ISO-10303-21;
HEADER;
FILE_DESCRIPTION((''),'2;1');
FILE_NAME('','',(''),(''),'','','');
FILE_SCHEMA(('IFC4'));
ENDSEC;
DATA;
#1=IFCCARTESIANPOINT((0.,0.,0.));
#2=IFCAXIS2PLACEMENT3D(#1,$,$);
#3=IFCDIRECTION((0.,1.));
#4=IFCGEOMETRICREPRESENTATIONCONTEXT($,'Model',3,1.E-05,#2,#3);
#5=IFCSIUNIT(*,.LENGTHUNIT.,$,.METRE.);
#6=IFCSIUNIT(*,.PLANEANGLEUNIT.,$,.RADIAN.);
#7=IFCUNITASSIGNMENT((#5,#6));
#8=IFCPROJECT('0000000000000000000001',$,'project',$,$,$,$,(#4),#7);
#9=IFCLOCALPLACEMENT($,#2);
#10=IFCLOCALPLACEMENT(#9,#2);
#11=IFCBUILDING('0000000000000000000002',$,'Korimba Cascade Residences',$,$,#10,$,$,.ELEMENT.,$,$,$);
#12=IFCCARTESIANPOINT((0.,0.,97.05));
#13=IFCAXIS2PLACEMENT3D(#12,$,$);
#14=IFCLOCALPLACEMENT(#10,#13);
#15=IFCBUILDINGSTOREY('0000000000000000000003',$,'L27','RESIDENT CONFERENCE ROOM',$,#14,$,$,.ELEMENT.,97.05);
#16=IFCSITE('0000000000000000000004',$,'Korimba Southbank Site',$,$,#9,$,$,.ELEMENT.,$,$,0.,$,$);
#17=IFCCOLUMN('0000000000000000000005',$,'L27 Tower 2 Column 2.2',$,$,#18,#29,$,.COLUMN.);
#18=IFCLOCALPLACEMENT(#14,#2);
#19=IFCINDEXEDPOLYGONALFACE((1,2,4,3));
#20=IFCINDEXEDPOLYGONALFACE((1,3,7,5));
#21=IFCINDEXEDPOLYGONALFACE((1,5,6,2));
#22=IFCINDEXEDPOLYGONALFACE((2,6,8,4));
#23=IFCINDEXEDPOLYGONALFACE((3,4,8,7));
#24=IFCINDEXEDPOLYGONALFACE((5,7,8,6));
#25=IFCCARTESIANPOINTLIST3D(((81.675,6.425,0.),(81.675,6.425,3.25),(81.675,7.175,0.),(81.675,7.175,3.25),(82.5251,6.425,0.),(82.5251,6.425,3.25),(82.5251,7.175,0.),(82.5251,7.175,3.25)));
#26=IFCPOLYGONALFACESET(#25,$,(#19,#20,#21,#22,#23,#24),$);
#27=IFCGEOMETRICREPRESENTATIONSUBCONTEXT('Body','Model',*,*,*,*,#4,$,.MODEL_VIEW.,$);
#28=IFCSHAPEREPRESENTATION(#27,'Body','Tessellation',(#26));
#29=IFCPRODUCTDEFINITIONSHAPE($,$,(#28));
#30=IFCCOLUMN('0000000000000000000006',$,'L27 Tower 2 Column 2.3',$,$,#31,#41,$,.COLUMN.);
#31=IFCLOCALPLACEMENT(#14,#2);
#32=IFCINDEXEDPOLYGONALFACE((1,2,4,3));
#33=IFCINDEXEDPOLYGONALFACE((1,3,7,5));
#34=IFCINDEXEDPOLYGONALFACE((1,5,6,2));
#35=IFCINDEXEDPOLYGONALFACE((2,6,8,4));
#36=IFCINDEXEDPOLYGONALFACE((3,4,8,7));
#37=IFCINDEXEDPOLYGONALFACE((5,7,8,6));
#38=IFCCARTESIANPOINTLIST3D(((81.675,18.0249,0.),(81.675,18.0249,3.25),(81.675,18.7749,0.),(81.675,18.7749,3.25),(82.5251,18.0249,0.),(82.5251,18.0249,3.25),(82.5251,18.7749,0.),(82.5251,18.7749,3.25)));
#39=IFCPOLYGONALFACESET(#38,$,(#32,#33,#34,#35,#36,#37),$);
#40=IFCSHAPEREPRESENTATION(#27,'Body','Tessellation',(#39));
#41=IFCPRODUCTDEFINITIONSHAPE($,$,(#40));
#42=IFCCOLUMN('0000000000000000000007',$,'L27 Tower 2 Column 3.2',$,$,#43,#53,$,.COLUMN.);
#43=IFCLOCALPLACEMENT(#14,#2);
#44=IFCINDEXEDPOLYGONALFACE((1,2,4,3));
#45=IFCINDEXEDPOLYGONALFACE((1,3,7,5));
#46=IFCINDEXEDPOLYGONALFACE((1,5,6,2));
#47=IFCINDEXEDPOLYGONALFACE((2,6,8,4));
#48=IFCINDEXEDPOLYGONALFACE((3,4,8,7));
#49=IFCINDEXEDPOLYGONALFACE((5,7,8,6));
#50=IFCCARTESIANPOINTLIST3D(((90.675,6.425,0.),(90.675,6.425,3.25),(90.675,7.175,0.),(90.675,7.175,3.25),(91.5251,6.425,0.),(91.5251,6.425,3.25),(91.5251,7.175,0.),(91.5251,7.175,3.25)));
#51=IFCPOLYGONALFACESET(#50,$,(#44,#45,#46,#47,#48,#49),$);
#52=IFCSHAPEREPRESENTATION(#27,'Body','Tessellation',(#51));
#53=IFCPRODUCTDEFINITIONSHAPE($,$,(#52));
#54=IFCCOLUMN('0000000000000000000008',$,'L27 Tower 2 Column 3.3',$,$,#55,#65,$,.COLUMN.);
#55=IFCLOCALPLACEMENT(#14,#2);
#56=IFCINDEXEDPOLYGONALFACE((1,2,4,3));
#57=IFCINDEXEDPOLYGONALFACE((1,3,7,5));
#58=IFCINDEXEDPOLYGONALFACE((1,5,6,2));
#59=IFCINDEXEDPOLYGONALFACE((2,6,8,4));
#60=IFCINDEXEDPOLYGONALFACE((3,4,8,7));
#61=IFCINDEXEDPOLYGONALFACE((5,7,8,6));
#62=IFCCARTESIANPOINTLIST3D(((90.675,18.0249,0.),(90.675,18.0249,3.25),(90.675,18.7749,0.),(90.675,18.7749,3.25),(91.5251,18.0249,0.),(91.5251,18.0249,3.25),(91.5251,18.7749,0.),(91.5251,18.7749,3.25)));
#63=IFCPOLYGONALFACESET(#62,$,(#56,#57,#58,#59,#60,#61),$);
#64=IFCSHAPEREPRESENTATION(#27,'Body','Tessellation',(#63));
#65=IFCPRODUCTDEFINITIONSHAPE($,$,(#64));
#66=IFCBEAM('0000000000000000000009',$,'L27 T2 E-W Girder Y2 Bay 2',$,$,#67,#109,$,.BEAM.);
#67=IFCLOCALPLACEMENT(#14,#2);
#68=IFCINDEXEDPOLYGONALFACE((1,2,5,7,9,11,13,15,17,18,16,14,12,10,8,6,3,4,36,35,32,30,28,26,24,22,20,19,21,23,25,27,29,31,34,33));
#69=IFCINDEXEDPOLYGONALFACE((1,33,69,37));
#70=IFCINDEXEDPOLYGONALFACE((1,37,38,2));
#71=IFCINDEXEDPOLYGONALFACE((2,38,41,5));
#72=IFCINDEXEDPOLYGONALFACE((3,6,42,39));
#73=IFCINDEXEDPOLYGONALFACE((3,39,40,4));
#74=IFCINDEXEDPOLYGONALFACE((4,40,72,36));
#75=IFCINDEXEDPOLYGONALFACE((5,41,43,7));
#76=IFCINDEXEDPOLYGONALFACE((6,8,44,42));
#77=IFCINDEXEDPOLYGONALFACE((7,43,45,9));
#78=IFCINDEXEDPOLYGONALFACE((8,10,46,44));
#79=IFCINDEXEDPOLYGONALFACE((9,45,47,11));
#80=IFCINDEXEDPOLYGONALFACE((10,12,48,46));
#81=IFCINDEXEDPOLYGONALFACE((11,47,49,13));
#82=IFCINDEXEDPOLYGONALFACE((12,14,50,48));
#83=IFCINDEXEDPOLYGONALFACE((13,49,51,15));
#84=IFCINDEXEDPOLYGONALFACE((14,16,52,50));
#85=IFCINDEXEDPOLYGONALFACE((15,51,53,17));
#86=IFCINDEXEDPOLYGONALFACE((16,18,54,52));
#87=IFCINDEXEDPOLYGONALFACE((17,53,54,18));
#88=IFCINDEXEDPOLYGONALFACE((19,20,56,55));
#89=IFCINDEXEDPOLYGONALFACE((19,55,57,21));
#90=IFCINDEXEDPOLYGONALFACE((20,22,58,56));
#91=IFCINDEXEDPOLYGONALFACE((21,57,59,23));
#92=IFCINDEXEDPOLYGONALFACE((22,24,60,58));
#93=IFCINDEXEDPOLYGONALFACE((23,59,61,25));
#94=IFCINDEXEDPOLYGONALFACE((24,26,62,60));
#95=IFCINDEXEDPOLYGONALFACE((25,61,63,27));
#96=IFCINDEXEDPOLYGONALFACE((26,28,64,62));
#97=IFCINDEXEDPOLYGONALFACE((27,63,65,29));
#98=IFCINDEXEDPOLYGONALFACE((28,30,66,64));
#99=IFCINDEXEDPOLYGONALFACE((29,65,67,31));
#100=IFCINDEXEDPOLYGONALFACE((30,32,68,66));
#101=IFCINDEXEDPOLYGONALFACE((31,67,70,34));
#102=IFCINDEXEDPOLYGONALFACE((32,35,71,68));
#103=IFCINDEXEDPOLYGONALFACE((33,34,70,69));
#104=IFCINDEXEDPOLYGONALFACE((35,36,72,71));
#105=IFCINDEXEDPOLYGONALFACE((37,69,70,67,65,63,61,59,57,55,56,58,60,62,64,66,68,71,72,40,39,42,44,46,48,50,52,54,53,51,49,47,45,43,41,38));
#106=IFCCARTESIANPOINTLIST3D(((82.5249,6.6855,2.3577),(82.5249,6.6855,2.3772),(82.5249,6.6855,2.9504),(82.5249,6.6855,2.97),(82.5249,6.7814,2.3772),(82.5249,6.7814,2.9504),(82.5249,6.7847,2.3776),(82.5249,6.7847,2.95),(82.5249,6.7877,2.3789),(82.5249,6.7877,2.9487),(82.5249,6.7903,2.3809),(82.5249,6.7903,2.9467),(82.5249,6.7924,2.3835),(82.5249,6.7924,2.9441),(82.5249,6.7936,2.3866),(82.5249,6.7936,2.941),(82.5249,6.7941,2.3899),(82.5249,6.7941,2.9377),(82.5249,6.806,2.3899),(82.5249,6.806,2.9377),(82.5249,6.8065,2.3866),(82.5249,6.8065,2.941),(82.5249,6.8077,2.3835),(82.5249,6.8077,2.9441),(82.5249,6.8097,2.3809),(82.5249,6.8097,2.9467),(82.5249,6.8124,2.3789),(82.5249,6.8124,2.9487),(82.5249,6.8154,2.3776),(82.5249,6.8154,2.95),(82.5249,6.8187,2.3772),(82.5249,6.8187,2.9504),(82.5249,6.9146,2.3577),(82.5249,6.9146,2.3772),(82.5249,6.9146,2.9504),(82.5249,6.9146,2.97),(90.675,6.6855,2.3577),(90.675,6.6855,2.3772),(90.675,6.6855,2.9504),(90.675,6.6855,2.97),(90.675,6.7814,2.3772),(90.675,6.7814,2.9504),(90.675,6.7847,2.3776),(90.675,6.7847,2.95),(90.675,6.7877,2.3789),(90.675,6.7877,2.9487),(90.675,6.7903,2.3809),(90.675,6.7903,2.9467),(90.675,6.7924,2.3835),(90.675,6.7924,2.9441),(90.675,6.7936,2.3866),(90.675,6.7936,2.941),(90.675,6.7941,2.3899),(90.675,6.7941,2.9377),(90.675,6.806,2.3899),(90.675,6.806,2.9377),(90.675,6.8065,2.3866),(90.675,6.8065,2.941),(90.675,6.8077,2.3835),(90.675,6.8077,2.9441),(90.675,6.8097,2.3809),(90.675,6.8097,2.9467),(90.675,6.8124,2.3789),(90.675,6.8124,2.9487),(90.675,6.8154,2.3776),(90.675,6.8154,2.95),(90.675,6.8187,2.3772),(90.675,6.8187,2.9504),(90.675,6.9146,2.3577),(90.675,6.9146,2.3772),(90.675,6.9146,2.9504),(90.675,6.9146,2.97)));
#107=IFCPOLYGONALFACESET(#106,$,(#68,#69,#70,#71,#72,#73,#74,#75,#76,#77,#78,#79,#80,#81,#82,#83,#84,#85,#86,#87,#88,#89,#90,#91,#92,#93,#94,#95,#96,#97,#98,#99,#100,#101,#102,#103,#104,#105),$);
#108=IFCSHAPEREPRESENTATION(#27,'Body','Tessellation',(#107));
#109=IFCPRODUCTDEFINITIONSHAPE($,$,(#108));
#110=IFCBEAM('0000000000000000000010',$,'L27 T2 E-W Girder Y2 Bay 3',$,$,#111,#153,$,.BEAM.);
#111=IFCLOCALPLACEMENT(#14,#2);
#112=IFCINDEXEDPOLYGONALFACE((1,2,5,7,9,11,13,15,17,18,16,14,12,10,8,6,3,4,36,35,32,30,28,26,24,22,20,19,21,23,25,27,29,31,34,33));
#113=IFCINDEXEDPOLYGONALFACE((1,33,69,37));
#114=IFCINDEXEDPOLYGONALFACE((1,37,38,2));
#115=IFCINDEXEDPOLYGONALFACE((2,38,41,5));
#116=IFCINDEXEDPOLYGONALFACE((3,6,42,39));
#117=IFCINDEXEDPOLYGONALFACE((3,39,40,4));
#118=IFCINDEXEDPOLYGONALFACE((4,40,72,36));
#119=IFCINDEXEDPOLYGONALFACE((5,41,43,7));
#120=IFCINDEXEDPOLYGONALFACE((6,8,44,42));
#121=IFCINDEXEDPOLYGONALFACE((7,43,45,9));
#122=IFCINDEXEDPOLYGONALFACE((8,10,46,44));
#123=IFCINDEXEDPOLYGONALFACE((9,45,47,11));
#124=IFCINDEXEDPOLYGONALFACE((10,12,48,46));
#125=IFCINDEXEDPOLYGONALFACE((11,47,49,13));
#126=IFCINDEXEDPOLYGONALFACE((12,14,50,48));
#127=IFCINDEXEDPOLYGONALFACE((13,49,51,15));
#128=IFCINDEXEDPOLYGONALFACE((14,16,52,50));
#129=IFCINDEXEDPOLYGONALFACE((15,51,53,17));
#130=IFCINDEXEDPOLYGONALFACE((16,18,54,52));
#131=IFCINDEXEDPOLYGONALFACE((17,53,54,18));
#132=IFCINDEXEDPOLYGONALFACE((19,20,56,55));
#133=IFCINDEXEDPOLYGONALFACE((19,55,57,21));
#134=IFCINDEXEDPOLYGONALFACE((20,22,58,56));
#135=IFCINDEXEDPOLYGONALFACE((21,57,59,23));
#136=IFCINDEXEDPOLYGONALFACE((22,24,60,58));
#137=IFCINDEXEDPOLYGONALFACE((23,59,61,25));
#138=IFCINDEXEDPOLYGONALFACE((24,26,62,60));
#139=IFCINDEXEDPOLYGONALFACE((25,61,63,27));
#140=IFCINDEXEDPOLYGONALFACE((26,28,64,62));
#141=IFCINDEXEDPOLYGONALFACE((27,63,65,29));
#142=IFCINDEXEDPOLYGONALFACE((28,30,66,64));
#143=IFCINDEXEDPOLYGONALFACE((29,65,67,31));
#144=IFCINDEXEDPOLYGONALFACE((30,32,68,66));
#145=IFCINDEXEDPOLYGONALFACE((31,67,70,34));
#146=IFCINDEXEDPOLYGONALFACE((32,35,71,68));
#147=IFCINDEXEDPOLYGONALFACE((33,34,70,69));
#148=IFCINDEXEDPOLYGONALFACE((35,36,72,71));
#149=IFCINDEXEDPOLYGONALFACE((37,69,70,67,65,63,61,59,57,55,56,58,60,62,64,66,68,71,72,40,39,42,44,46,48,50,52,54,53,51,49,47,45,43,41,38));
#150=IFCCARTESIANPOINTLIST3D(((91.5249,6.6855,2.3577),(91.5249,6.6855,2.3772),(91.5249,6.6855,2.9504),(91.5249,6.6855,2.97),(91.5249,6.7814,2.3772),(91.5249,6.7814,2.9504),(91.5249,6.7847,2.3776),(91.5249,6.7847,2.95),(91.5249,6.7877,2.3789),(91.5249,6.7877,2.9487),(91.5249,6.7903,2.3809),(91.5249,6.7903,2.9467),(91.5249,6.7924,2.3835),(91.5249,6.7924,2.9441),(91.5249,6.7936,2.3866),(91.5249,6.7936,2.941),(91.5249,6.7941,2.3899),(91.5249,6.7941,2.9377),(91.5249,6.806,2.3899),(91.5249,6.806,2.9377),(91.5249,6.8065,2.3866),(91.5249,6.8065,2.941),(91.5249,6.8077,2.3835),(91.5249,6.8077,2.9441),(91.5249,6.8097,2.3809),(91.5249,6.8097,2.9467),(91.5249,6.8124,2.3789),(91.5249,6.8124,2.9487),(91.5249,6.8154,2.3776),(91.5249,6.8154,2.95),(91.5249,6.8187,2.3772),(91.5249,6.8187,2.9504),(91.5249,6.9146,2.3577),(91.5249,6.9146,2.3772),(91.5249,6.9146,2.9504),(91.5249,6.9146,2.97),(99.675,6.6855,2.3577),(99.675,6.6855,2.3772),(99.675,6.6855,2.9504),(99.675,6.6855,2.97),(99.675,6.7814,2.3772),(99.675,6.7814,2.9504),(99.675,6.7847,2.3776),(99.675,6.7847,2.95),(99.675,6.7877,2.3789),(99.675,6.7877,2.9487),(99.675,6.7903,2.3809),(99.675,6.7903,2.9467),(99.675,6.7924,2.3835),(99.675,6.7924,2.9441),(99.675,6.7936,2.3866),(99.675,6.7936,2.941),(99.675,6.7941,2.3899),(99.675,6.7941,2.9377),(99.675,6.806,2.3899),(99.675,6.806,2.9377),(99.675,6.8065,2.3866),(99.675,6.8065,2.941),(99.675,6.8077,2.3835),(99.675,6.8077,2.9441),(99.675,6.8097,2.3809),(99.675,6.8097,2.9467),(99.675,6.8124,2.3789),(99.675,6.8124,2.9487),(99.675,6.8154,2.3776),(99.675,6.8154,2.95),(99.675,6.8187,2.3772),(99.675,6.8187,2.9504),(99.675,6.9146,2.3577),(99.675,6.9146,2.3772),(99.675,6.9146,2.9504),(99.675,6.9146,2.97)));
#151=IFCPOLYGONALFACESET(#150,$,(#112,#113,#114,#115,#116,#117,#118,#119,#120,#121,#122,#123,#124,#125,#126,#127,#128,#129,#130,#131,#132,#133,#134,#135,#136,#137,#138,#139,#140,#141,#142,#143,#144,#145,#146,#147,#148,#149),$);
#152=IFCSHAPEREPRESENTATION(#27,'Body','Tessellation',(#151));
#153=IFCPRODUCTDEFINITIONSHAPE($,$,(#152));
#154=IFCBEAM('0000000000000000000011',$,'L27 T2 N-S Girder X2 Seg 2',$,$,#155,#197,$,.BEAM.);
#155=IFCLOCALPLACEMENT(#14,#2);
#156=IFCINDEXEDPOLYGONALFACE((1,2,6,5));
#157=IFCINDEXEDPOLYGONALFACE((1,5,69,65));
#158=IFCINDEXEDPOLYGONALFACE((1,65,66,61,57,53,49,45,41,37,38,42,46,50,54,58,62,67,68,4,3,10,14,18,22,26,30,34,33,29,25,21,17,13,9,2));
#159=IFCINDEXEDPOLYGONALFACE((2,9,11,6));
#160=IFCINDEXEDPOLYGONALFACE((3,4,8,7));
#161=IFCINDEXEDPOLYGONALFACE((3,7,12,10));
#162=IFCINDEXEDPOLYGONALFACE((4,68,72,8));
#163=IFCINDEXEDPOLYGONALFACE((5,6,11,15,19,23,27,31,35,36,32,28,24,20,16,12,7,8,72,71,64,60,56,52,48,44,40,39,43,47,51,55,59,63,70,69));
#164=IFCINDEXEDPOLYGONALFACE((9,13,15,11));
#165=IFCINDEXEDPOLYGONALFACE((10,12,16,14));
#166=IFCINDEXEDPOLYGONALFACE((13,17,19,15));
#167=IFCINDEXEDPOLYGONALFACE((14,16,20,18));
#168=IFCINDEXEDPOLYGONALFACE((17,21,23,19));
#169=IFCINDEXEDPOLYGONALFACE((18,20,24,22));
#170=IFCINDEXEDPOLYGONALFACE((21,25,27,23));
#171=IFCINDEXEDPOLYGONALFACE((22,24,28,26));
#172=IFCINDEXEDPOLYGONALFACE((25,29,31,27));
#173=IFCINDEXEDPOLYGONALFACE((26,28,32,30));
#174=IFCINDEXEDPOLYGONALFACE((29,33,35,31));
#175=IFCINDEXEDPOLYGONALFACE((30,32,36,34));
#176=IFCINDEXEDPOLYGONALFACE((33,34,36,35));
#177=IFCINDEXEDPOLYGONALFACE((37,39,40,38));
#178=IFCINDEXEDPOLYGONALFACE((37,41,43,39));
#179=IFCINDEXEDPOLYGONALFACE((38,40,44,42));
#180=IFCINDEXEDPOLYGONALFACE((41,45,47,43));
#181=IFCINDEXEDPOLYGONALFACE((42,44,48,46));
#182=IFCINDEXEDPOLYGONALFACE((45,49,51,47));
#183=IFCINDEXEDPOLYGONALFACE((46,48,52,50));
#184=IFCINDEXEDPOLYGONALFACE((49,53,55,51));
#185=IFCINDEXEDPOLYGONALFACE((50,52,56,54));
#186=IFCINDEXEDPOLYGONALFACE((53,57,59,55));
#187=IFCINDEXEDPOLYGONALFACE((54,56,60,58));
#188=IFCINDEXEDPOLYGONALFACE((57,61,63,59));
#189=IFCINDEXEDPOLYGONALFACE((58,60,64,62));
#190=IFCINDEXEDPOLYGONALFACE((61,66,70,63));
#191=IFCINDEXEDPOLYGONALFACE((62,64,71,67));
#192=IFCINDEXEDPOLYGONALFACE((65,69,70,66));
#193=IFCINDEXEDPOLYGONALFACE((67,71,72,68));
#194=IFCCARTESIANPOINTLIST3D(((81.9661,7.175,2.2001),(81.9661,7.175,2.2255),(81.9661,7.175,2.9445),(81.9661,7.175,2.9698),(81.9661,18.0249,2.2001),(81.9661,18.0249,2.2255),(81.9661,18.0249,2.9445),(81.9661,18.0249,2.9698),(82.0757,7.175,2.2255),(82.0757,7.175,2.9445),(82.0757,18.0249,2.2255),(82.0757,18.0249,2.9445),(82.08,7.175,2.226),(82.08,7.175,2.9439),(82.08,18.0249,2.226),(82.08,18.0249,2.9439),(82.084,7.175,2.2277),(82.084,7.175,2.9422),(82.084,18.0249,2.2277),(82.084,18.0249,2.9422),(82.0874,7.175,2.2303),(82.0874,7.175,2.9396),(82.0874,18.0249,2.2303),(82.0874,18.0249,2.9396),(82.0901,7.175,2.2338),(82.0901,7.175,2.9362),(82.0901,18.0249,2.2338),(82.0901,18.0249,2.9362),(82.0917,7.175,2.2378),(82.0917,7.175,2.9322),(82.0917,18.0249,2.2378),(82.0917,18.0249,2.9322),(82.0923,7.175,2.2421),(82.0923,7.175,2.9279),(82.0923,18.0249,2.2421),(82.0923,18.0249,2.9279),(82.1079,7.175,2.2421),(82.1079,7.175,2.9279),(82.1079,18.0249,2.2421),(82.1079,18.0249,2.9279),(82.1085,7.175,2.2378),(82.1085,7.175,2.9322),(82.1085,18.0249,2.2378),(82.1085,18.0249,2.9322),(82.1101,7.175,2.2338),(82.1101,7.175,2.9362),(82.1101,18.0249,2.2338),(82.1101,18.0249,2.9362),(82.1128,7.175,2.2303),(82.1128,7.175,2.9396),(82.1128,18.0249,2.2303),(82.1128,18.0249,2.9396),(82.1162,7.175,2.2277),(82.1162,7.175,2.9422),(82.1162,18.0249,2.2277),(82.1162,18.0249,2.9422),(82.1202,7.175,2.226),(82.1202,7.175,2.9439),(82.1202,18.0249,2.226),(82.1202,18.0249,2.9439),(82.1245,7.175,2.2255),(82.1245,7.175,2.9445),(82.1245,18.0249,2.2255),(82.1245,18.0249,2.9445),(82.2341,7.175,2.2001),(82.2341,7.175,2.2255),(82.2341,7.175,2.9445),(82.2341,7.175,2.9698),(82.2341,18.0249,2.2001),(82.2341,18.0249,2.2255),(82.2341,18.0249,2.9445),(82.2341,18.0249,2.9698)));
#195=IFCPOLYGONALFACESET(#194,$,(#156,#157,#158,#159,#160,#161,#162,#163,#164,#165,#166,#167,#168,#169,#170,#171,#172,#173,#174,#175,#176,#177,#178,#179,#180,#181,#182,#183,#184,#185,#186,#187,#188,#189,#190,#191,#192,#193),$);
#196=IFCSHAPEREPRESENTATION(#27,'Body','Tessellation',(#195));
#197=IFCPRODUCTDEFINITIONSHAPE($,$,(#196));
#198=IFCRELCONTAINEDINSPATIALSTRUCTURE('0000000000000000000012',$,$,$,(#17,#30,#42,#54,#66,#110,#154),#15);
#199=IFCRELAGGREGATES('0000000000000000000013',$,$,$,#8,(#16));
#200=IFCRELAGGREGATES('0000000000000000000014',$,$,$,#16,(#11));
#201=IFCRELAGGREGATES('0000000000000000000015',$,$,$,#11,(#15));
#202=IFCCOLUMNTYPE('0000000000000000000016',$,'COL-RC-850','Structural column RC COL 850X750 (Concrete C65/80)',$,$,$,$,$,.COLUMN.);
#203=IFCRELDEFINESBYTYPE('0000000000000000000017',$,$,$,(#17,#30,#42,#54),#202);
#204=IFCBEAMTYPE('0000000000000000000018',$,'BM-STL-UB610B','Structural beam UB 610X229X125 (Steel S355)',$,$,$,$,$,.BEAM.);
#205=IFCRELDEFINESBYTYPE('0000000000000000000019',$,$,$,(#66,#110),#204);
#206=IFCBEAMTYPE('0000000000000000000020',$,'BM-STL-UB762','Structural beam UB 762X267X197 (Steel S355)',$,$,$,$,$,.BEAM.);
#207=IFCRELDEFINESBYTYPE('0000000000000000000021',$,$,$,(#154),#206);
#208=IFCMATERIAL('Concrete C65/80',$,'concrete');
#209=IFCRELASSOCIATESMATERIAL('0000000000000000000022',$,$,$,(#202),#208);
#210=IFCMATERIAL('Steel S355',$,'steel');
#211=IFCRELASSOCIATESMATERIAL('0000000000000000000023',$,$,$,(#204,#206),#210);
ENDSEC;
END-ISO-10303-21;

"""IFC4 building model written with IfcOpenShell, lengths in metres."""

from ifc_helpers import new_model, si_unit, direction, frame, origin, origin_2d, place, context, subcontext, project, spatial, rectangle, i_section, extrude, material, material_profile, profile_set, type_object, element, save


model = new_model("IFC4")

# Units and contexts
model_context = context("Model", 3, precision=1e-05, world=origin(), true_north=direction((0.0, 1.0)))
body_context = subcontext(model_context, "Body", "Model", "MODEL_VIEW")
ifc_project = project(units=[si_unit("LENGTHUNIT", "METRE"), si_unit("PLANEANGLEUNIT", "RADIAN")], contexts=[model_context])

# Site, building, storey
site_placement = place(None, origin())
site = spatial("IfcSite", under=ifc_project, at=site_placement, Name="Korimba Southbank Site", CompositionType="ELEMENT", RefElevation=0.0)
building_placement = place(site_placement, origin())
building = spatial("IfcBuilding", under=site, at=building_placement, Name="Korimba Cascade Residences", CompositionType="ELEMENT")
storey_placement = place(building_placement, frame((0.0, 0.0, 97.05)))
storey = spatial("IfcBuildingStorey", under=building, at=storey_placement, Name="L27", Description="RESIDENT CONFERENCE ROOM", CompositionType="ELEMENT", Elevation=97.05)

# Columns
ifc_material_1 = material(Name="Concrete C65/80", Category="concrete")
ifc_material_profile_1 = material_profile(ifc_material_1, rectangle(XDim=0.8501, YDim=0.75, at=origin_2d()), Name="Concrete C65/80")
ifc_profile_set_1 = profile_set([ifc_material_profile_1], Name="Concrete C65/80")
column_type = type_object("IfcColumnType", Name="COL-RC-850", Description="Structural column RC COL 850X750 (Concrete C65/80)", PredefinedType="COLUMN", material=ifc_profile_set_1)
for number, where, z_axis, x_axis, name in (
    (1, (82.1001, 6.8, 0.0), (0.0, 0.0, 1.0), (1.0, 0.0, 0.0), "L27 Tower 2 Column 2.2"),
    (2, (82.1001, 18.3999, 0.0), (0.0, 0.0, 1.0), (1.0, 0.0, 0.0), "L27 Tower 2 Column 2.3"),
    (3, (91.1001, 6.8, 0.0), (0.0, 0.0, 1.0), (1.0, 0.0, 0.0), "L27 Tower 2 Column 3.2"),
    (4, (91.1001, 18.3999, 0.0), (0.0, 0.0, 1.0), (1.0, 0.0, 0.0), "L27 Tower 2 Column 3.3"),
):
    element("IfcColumn", number, at=place(storey_placement, frame(where, z_axis=z_axis, x_axis=x_axis)), inside=storey, type_object=column_type, Name=name, PredefinedType="COLUMN", context=body_context, shape_type="SweptSolid", body=[
        extrude(rectangle(XDim=0.8501, YDim=0.75, at=origin_2d()), origin(), (0.0, 0.0, 1.0), 3.25),
    ])

# Beams
ifc_material_2 = material(Name="Steel S355", Category="steel")
ifc_material_profile_2 = material_profile(ifc_material_2, i_section(OverallWidth=0.229, OverallDepth=0.6123, WebThickness=0.012, FlangeThickness=0.0195, FilletRadius=0.0127, at=origin_2d()), Name="Steel S355")
ifc_profile_set_2 = profile_set([ifc_material_profile_2], Name="Steel S355")
beam_type_1 = type_object("IfcBeamType", Name="BM-STL-UB610B", Description="Structural beam UB 610X229X125 (Steel S355)", PredefinedType="BEAM", material=ifc_profile_set_2)
for number, where, z_axis, x_axis, name in (
    (5, (82.5249, 6.8, 2.6638), (1.0, 0.0, 0.0), (0.0, 1.0, 0.0), "L27 T2 E-W Girder Y2 Bay 2"),
    (6, (91.5249, 6.8, 2.6638), (1.0, 0.0, 0.0), (0.0, 1.0, 0.0), "L27 T2 E-W Girder Y2 Bay 3"),
):
    element("IfcBeam", number, at=place(storey_placement, frame(where, z_axis=z_axis, x_axis=x_axis)), inside=storey, type_object=beam_type_1, Name=name, PredefinedType="BEAM", context=body_context, shape_type="SweptSolid", body=[
        extrude(i_section(OverallWidth=0.229, OverallDepth=0.6123, WebThickness=0.012, FlangeThickness=0.0195, FilletRadius=0.0127, at=origin_2d()), origin(), (0.0, 0.0, 1.0), 8.1501),
    ])
ifc_material_profile_3 = material_profile(ifc_material_2, i_section(OverallWidth=0.2681, OverallDepth=0.7698, WebThickness=0.0156, FlangeThickness=0.0254, FilletRadius=0.0166, at=origin_2d()), Name="Steel S355")
ifc_profile_set_3 = profile_set([ifc_material_profile_3], Name="Steel S355")
beam_type_2 = type_object("IfcBeamType", Name="BM-STL-UB762", Description="Structural beam UB 762X267X197 (Steel S355)", PredefinedType="BEAM", material=ifc_profile_set_3)
for number, where, z_axis, x_axis, name in (
    (7, (82.1001, 7.175, 2.585), (0.0, 1.0, 0.0), (-1.0, 0.0, 0.0), "L27 T2 N-S Girder X2 Seg 2"),
):
    element("IfcBeam", number, at=place(storey_placement, frame(where, z_axis=z_axis, x_axis=x_axis)), inside=storey, type_object=beam_type_2, Name=name, PredefinedType="BEAM", context=body_context, shape_type="SweptSolid", body=[
        extrude(i_section(OverallWidth=0.2681, OverallDepth=0.7698, WebThickness=0.0156, FlangeThickness=0.0254, FilletRadius=0.0166, at=origin_2d()), origin(), (0.0, 0.0, 1.0), 10.8499),
    ])

save(model, "model.ifc")
